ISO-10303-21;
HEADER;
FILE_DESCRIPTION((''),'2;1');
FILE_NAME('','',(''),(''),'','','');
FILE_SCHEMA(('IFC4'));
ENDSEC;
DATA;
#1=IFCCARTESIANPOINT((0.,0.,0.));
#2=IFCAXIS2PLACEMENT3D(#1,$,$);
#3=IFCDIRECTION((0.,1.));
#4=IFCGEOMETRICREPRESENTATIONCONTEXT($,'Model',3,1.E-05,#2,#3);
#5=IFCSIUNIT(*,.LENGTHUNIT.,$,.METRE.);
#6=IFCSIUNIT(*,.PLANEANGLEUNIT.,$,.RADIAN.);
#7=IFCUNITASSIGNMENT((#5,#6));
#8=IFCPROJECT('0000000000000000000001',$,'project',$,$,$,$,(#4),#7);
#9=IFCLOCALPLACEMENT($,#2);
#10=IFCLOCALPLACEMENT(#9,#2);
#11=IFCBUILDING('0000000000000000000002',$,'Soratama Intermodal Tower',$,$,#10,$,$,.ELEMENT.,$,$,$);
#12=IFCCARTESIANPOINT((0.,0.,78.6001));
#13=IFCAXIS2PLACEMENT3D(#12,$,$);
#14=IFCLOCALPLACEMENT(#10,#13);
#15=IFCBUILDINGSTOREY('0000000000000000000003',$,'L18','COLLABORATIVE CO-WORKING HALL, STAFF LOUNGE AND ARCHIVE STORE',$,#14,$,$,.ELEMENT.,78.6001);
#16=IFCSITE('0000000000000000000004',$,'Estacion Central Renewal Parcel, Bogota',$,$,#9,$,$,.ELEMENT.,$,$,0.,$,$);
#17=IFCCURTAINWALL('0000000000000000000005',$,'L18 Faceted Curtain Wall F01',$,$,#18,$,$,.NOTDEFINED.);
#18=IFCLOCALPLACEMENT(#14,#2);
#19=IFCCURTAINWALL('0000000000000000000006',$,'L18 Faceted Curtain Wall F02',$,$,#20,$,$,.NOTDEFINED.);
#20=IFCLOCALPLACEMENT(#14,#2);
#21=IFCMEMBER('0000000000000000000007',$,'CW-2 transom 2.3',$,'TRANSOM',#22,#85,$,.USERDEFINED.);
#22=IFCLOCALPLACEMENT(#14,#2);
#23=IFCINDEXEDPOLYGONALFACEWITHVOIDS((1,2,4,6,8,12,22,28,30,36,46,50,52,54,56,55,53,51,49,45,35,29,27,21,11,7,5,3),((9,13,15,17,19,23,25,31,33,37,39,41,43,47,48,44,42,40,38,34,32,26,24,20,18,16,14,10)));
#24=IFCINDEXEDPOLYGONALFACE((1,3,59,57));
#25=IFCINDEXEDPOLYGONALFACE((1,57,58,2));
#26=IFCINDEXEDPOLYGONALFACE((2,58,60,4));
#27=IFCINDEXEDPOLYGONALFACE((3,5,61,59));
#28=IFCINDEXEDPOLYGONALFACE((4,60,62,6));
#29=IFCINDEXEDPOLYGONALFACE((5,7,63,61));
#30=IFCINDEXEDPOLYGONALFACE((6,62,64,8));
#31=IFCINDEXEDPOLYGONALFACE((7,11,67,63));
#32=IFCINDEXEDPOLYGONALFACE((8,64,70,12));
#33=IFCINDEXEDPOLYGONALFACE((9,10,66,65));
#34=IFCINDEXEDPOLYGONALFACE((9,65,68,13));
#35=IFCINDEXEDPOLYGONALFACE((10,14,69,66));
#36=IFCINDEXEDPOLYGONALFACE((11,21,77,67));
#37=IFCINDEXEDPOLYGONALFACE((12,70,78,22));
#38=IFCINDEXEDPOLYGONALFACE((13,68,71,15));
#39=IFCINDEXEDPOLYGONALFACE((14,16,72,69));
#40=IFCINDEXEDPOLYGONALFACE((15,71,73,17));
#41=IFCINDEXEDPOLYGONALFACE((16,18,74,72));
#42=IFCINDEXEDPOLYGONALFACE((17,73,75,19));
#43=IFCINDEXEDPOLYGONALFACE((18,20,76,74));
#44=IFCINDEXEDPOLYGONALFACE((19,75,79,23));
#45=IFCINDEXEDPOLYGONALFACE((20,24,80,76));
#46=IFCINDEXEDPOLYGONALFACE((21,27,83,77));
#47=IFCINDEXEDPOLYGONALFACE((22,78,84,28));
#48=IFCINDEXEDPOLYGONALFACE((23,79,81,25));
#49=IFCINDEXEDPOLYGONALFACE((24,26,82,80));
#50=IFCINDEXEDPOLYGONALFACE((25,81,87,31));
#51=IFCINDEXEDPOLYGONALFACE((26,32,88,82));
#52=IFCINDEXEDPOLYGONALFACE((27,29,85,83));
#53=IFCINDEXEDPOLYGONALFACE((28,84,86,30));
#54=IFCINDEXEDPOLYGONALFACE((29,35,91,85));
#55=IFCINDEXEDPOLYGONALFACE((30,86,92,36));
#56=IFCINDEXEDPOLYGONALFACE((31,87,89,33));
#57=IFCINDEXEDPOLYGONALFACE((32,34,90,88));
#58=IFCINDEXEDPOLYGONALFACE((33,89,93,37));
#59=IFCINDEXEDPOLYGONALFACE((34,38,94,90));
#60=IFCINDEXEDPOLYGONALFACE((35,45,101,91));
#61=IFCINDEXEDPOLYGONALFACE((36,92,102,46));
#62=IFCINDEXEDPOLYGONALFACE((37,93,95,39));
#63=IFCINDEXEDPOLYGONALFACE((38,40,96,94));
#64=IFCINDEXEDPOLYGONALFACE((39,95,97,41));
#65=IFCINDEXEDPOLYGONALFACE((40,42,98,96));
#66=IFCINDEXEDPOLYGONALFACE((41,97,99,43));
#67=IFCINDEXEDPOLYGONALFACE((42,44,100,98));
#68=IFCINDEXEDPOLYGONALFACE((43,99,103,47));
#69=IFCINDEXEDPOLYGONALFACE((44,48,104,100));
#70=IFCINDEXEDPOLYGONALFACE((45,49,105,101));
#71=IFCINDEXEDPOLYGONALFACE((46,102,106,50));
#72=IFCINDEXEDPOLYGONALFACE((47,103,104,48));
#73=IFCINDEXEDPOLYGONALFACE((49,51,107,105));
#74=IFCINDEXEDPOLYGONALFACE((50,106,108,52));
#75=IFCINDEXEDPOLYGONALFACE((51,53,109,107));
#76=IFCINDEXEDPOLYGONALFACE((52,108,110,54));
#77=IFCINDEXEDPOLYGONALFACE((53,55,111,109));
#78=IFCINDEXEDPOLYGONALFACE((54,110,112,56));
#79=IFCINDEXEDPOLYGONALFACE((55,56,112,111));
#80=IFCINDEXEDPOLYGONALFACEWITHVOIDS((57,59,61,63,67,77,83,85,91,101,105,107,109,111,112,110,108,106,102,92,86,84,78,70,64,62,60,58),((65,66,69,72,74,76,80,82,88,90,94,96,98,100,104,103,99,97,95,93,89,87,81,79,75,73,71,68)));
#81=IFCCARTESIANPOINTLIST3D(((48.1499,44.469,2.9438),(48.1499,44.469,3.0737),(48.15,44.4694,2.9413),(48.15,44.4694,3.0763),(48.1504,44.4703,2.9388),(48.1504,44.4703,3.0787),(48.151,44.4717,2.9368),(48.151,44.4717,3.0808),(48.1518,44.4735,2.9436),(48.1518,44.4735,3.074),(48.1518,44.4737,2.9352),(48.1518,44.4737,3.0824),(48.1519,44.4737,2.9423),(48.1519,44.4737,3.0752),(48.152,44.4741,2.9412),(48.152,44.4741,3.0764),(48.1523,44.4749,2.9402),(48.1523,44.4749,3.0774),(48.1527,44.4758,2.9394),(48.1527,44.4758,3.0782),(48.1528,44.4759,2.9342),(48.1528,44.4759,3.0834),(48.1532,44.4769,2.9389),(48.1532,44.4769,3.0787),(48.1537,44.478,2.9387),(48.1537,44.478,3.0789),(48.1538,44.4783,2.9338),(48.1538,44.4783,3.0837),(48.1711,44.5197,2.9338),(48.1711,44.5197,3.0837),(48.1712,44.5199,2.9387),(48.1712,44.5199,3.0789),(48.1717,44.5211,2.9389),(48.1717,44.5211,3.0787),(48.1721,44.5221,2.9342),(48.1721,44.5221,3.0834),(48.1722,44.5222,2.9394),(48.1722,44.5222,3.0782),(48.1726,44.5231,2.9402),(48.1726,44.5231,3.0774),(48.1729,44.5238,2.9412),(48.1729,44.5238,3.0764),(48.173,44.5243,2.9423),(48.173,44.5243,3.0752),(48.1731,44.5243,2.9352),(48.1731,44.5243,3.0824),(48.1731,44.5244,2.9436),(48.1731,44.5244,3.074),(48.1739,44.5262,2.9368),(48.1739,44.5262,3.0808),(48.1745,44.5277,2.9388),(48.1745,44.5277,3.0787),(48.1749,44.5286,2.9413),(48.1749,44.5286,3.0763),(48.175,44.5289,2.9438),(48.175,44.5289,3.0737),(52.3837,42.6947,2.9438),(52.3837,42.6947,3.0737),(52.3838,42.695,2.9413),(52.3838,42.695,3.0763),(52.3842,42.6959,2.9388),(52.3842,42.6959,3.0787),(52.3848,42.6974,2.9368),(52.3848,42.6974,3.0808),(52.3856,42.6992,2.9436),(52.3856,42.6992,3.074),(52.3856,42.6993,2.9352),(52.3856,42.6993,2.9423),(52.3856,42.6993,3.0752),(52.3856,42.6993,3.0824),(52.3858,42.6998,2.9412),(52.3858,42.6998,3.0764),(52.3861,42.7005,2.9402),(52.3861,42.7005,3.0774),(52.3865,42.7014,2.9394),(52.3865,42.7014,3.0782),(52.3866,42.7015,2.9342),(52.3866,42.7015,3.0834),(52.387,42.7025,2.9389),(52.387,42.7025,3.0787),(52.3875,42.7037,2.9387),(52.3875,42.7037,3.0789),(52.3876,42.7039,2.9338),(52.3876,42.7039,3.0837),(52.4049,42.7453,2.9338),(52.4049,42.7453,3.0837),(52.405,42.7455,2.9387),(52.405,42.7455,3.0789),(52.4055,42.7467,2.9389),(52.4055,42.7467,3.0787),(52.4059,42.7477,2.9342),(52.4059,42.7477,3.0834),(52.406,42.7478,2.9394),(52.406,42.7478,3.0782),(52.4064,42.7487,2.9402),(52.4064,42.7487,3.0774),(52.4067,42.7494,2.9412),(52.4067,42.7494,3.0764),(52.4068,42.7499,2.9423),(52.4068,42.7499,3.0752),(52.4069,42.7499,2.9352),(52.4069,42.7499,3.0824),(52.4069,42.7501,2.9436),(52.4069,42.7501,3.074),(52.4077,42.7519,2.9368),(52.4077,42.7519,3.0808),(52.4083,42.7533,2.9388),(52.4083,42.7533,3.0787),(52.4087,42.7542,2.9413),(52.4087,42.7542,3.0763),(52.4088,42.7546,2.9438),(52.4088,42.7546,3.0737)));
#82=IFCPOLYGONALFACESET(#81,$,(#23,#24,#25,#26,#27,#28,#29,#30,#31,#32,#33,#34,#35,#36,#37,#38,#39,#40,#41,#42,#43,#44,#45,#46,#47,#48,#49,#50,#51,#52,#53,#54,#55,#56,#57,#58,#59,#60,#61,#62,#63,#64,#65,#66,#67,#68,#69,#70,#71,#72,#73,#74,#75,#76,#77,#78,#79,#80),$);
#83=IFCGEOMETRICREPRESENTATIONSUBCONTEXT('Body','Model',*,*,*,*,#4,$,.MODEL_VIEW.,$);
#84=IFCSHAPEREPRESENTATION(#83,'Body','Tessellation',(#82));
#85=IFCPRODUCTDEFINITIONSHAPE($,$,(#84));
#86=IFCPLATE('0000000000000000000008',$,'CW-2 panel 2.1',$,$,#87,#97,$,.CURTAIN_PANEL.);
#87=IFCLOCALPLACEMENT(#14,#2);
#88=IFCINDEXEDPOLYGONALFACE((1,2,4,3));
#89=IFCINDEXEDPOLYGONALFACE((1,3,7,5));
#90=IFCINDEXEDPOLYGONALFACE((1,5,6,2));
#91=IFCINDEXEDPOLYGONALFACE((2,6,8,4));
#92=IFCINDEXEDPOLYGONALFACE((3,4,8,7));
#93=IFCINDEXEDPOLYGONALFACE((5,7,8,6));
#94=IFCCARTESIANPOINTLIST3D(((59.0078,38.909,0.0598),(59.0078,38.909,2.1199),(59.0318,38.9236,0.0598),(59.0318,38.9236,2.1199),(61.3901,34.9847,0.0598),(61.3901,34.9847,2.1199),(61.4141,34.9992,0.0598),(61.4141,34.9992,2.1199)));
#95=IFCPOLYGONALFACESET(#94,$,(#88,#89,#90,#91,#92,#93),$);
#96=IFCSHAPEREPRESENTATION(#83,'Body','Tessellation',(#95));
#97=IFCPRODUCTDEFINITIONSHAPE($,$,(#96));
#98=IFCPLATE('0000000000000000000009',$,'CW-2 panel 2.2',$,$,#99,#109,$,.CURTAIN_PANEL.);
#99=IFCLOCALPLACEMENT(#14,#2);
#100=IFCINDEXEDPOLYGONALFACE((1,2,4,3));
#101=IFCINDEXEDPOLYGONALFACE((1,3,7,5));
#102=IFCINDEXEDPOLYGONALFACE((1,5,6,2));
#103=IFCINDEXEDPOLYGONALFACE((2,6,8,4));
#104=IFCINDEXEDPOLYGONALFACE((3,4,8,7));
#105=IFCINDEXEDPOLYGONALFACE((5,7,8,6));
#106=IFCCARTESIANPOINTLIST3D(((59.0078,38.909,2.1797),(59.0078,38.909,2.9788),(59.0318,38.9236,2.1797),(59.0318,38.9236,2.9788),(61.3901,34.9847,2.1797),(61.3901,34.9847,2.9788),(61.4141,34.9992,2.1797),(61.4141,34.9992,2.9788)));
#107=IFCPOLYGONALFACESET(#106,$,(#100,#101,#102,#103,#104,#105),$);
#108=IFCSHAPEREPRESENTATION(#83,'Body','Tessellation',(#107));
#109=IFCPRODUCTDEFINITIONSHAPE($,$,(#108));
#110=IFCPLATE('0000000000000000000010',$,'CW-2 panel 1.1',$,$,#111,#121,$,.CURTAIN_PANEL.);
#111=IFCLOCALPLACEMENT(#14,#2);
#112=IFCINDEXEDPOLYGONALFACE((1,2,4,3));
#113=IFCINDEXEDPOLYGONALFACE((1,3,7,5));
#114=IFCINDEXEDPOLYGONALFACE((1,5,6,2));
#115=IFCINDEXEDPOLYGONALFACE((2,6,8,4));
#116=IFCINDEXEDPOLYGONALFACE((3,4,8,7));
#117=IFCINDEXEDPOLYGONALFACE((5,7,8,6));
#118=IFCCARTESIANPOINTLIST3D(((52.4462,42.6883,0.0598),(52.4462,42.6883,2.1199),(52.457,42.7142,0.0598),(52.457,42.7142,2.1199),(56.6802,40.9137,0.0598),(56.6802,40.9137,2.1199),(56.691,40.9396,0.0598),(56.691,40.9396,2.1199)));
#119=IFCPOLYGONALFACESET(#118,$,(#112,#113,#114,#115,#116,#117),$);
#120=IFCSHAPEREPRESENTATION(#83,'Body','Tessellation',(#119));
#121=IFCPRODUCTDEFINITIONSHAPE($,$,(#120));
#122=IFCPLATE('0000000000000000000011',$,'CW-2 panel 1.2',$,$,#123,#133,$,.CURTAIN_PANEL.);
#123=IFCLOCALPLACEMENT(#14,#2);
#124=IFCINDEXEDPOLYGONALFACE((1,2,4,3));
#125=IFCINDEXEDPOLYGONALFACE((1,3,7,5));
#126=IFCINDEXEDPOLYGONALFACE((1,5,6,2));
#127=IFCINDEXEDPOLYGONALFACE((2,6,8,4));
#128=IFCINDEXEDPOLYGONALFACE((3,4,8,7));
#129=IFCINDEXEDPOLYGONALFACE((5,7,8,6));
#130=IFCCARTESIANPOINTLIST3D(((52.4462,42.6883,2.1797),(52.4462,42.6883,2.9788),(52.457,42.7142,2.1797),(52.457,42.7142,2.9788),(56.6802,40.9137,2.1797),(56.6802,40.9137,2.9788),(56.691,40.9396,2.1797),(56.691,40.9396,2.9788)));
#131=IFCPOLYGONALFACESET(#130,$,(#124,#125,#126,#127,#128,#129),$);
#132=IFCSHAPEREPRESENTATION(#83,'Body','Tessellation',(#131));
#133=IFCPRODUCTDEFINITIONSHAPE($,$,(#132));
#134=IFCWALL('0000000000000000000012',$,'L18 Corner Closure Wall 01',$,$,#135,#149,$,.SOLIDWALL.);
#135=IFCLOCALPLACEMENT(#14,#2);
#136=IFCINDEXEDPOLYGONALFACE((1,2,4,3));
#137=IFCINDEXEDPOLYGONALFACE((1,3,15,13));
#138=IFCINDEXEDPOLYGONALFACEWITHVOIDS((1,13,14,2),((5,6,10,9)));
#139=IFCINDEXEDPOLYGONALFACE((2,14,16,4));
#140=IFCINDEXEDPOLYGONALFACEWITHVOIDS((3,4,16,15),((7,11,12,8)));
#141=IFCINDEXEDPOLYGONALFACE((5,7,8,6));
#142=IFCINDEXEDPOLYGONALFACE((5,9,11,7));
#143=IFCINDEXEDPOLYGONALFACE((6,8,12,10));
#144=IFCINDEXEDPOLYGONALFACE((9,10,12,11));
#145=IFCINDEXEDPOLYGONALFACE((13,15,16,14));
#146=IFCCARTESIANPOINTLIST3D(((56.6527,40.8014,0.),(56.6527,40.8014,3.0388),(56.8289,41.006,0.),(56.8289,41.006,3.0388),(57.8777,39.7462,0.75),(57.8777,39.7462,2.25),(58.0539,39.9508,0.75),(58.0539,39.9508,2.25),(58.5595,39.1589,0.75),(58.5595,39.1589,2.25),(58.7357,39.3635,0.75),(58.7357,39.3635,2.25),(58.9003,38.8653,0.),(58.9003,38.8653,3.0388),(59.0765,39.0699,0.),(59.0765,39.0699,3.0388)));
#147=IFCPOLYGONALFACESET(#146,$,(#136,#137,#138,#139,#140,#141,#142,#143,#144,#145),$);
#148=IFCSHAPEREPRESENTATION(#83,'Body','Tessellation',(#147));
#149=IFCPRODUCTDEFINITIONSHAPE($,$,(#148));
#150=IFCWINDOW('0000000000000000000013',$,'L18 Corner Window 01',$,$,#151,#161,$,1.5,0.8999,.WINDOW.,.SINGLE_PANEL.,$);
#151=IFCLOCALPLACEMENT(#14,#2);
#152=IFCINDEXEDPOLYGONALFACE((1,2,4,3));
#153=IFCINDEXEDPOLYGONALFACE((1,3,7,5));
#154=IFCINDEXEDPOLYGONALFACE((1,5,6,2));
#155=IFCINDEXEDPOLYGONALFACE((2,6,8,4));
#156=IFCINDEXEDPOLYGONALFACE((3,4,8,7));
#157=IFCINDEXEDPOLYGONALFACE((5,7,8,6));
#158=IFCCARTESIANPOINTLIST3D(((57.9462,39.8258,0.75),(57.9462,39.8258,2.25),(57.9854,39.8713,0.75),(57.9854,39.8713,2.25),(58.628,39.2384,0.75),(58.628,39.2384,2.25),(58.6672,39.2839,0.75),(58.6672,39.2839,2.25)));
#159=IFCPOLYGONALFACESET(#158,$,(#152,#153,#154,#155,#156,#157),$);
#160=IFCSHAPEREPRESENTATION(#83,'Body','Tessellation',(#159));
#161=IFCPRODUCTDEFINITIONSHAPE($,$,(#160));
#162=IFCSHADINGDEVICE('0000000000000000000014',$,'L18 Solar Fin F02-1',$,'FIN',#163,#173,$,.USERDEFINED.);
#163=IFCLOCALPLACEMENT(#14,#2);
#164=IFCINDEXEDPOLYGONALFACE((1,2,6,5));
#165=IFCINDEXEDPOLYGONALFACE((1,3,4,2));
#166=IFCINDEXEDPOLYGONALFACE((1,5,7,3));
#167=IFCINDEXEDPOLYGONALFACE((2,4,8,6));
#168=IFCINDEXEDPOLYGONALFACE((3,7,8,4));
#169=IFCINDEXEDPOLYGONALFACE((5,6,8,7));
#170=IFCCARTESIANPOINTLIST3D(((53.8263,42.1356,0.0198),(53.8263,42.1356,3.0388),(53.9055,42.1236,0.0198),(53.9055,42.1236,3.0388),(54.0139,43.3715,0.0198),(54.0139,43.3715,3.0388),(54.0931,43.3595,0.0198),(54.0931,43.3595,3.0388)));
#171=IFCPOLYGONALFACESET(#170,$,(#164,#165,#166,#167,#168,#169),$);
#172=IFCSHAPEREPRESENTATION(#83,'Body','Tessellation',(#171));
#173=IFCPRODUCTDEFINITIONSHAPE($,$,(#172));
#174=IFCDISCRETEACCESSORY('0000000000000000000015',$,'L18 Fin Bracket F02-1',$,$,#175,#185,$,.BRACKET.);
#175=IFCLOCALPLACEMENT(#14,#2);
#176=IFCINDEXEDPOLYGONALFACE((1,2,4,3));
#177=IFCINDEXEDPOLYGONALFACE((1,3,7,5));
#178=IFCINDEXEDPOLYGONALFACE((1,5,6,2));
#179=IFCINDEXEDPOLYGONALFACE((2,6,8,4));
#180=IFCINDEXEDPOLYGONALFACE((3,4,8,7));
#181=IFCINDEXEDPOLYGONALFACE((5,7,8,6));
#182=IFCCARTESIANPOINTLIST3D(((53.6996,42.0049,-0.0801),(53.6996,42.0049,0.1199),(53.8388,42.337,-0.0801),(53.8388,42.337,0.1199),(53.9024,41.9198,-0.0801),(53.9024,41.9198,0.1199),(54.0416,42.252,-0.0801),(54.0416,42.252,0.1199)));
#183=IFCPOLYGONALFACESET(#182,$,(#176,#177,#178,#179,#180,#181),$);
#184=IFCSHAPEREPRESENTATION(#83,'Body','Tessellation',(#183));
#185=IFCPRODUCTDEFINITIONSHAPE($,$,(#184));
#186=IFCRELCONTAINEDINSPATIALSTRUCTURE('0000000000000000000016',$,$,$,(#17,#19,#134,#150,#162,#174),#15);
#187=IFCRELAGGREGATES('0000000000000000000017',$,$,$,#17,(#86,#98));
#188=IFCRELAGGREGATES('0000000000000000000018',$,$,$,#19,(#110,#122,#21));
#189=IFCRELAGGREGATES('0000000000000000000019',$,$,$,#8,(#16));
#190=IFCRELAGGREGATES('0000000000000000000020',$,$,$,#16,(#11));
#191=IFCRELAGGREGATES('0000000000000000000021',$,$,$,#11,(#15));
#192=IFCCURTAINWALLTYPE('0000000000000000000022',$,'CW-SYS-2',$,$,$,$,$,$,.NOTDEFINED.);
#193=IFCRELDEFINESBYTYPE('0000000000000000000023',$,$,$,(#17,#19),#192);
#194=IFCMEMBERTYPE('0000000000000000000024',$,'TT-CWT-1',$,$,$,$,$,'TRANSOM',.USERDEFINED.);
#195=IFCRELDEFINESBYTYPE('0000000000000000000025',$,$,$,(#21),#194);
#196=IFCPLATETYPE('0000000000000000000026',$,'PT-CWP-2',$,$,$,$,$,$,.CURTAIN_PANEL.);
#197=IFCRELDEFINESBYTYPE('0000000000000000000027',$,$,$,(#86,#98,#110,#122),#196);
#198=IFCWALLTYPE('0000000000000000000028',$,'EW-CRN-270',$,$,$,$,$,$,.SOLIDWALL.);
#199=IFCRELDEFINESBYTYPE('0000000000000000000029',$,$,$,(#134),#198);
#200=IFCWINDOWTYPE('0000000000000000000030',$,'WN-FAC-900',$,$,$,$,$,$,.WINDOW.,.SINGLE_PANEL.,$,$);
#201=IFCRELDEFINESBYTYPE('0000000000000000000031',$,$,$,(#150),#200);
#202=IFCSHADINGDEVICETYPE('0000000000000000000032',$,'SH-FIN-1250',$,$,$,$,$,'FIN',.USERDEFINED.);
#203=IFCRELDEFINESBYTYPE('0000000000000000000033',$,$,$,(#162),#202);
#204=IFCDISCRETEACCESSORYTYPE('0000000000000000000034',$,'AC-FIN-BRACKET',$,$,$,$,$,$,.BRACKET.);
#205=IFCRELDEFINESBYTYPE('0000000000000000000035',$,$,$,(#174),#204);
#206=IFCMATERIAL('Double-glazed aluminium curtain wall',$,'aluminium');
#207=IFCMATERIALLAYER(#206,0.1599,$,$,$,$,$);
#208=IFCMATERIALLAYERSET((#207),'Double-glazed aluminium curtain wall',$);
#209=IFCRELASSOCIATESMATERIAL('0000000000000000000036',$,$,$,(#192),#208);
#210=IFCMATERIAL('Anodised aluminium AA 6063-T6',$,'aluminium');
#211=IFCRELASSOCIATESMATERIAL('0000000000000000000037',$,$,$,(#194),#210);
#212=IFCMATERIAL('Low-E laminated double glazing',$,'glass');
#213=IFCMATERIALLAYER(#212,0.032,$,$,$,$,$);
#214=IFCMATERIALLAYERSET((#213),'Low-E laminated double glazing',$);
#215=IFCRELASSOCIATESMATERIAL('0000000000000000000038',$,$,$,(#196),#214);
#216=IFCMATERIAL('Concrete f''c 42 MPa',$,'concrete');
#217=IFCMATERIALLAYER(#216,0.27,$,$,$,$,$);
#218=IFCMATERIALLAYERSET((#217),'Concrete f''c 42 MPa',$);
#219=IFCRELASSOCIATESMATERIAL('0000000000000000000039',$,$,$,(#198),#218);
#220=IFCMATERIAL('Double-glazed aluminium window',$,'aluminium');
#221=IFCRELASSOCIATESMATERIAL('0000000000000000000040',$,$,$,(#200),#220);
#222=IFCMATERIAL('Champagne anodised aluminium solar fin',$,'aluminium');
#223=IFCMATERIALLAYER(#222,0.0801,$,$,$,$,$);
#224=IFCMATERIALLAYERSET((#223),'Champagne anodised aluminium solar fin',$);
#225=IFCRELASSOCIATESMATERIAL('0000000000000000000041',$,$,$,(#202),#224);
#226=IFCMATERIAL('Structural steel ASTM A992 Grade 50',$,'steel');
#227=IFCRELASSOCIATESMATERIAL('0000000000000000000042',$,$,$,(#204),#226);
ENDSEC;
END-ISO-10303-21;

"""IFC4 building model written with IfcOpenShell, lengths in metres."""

from ifc_helpers import new_model, si_unit, direction, frame, frame_2d, origin, origin_2d, place, context, subcontext, project, spatial, rectangle, hollow_rectangle, extrude, material, layer, layer_set, material_profile, profile_set, type_object, element, fill, aggregate, save


model = new_model("IFC4")

# Units and contexts
model_context = context("Model", 3, precision=1e-05, world=origin(), true_north=direction((0.0, 1.0)))
body_context = subcontext(model_context, "Body", "Model", "MODEL_VIEW")
ifc_project = project(units=[si_unit("LENGTHUNIT", "METRE"), si_unit("PLANEANGLEUNIT", "RADIAN")], contexts=[model_context])

# Site, building, storey
site_placement = place(None, origin())
site = spatial("IfcSite", under=ifc_project, at=site_placement, Name="Estacion Central Renewal Parcel, Bogota", CompositionType="ELEMENT", RefElevation=0.0)
building_placement = place(site_placement, origin())
building = spatial("IfcBuilding", under=site, at=building_placement, Name="Soratama Intermodal Tower", CompositionType="ELEMENT")
storey_placement = place(building_placement, frame((0.0, 0.0, 78.6001)))
storey = spatial("IfcBuildingStorey", under=building, at=storey_placement, Name="L18", Description="COLLABORATIVE CO-WORKING HALL, STAFF LOUNGE AND ARCHIVE STORE", CompositionType="ELEMENT", Elevation=78.6001)

# Curtain wall
ifc_material_1 = material(Name="Double-glazed aluminium curtain wall", Category="aluminium")
ifc_layer_1 = layer(ifc_material_1, 0.1599)
ifc_layer_set_1 = layer_set([ifc_layer_1], Name="Double-glazed aluminium curtain wall")
curtain_wall_type = type_object("IfcCurtainWallType", Name="CW-SYS-2", PredefinedType="NOTDEFINED", material=ifc_layer_set_1)
curtain_wall_1_placement = place(storey_placement, origin())
curtain_wall_1 = element("IfcCurtainWall", 1, at=curtain_wall_1_placement, inside=storey, type_object=curtain_wall_type, Name="L18 Faceted Curtain Wall F01", PredefinedType="NOTDEFINED")

# Curtain wall, member
curtain_wall_2_placement = place(storey_placement, origin())
curtain_wall_2 = element("IfcCurtainWall", 2, at=curtain_wall_2_placement, inside=storey, type_object=curtain_wall_type, Name="L18 Faceted Curtain Wall F02", PredefinedType="NOTDEFINED")
ifc_material_2 = material(Name="Anodised aluminium AA 6063-T6", Category="aluminium")
ifc_material_profile_1 = material_profile(ifc_material_2, hollow_rectangle(XDim=0.0649, YDim=0.1499, WallThickness=0.0049, InnerFilletRadius=0.0049, OuterFilletRadius=0.01, at=origin_2d()), Name="CWT150X65X5")
ifc_profile_set_1 = profile_set([ifc_material_profile_1], Name="Anodised aluminium AA 6063-T6")
member_type_1 = type_object("IfcMemberType", Name="TT-CWT-1", ElementType="TRANSOM", PredefinedType="USERDEFINED", material=ifc_profile_set_1)
member_1_placement = place(storey_placement, frame((52.3962, 42.7246, 3.0088), z_axis=(-0.922279, 0.386525, 0.0), x_axis=(-0.386525, -0.922279, 0.0)))
member_1 = element("IfcMember", 3, at=member_1_placement, type_object=member_type_1, Name="CW-2 transom 2.3", ObjectType="TRANSOM", PredefinedType="USERDEFINED", context=body_context, shape_type="SweptSolid", body=[
    extrude(hollow_rectangle(XDim=0.0649, YDim=0.1499, WallThickness=0.0049, InnerFilletRadius=0.0049, OuterFilletRadius=0.01, at=origin_2d()), origin(), (0.0, 0.0, 1.0), 4.5906),
])

# Plates
ifc_material_3 = material(Name="Low-E laminated double glazing", Category="glass")
ifc_layer_2 = layer(ifc_material_3, 0.032)
ifc_layer_set_2 = layer_set([ifc_layer_2], Name="Low-E laminated double glazing")
plate_type = type_object("IfcPlateType", Name="PT-CWP-2", PredefinedType="CURTAIN_PANEL", material=ifc_layer_set_2)
plate_1_placement = place(storey_placement, frame((60.2109, 36.9541, 0.0598), z_axis=(0.0, 0.0, 1.0), x_axis=(-0.518923, 0.854821, 0.0)))
plate_1 = element("IfcPlate", 4, at=plate_1_placement, type_object=plate_type, Name="CW-2 panel 2.1", PredefinedType="CURTAIN_PANEL", context=body_context, shape_type="SweptSolid", body=[
    extrude(rectangle(XDim=4.5908, YDim=0.0281, at=origin_2d()), origin(), (0.0, 0.0, 1.0), 2.0601),
])
plate_2_placement = place(storey_placement, frame((60.2109, 36.9541, 2.1797), z_axis=(0.0, 0.0, 1.0), x_axis=(-0.518923, 0.854821, 0.0)))
plate_2 = element("IfcPlate", 5, at=plate_2_placement, type_object=plate_type, Name="CW-2 panel 2.2", PredefinedType="CURTAIN_PANEL", context=body_context, shape_type="SweptSolid", body=[
    extrude(rectangle(XDim=4.5908, YDim=0.0281, at=origin_2d()), origin(), (0.0, 0.0, 1.0), 0.7991),
])
aggregate(curtain_wall_1, [plate_1, plate_2])
plate_3_placement = place(storey_placement, frame((54.5686, 41.814, 0.0598), z_axis=(0.0, 0.0, 1.0), x_axis=(-0.922268, 0.386552, 0.0)))
plate_3 = element("IfcPlate", 6, at=plate_3_placement, type_object=plate_type, Name="CW-2 panel 1.1", PredefinedType="CURTAIN_PANEL", context=body_context, shape_type="SweptSolid", body=[
    extrude(rectangle(XDim=4.5908, YDim=0.0281, at=origin_2d()), origin(), (0.0, 0.0, 1.0), 2.0601),
])
plate_4_placement = place(storey_placement, frame((54.5686, 41.814, 2.1797), z_axis=(0.0, 0.0, 1.0), x_axis=(-0.922268, 0.386552, 0.0)))
plate_4 = element("IfcPlate", 7, at=plate_4_placement, type_object=plate_type, Name="CW-2 panel 1.2", PredefinedType="CURTAIN_PANEL", context=body_context, shape_type="SweptSolid", body=[
    extrude(rectangle(XDim=4.5908, YDim=0.0281, at=origin_2d()), origin(), (0.0, 0.0, 1.0), 0.7991),
])
aggregate(curtain_wall_2, [plate_3, plate_4, member_1])

# Wall, opening, window
ifc_material_4 = material(Name="Concrete f'c 42 MPa", Category="concrete")
ifc_layer_3 = layer(ifc_material_4, 0.27)
ifc_layer_set_3 = layer_set([ifc_layer_3], Name="Concrete f'c 42 MPa")
wall_type = type_object("IfcWallType", Name="EW-CRN-270", PredefinedType="SOLIDWALL", material=ifc_layer_set_3)
wall_placement = place(storey_placement, frame((58.9885, 38.9675, 0.0), z_axis=(0.0, 0.0, 1.0), x_axis=(-0.757663, 0.652647, 0.0)))
wall = element("IfcWall", 8, at=wall_placement, inside=storey, type_object=wall_type, Name="L18 Corner Closure Wall 01", PredefinedType="SOLIDWALL", context=body_context, shape_type="SweptSolid", body=[
    extrude(rectangle(XDim=2.9666, YDim=0.27, at=frame_2d((1.4834, 0.0))), origin(), (0.0, 0.0, 1.0), 3.0388),
])
opening_placement = place(wall_placement, frame((0.45, 0.0, 0.75)))
opening = element("IfcOpeningElement", 9, at=opening_placement, cuts=wall, PredefinedType="OPENING", context=body_context, shape_type="SweptSolid", body=[
    extrude(rectangle(XDim=0.8999, YDim=1.5, at=frame_2d((0.45, 0.75))), frame((0.0, 0.145, 0.0), z_axis=(0.0, -1.0, 0.0), x_axis=(1.0, 0.0, 0.0)), (0.0, 0.0, 1.0), 0.29),
])
ifc_material_5 = material(Name="Double-glazed aluminium window", Category="aluminium")
window_type = type_object("IfcWindowType", Name="WN-FAC-900", PartitioningType="SINGLE_PANEL", PredefinedType="WINDOW", material=ifc_material_5)
window_placement = place(opening_placement, origin())
window = element("IfcWindow", 10, at=window_placement, inside=storey, type_object=window_type, Name="L18 Corner Window 01", OverallHeight=1.5, OverallWidth=0.8999, PartitioningType="SINGLE_PANEL", PredefinedType="WINDOW", context=body_context, shape_type="SweptSolid", body=[
    extrude(rectangle(XDim=0.8999, YDim=1.5, at=frame_2d((0.45, 0.75))), frame((0.0, 0.03, 0.0), z_axis=(0.0, -1.0, 0.0), x_axis=(1.0, 0.0, 0.0)), (0.0, 0.0, 1.0), 0.0601),
])
fill(opening, window)

# Shading device
ifc_material_6 = material(Name="Champagne anodised aluminium solar fin", Category="aluminium")
ifc_layer_4 = layer(ifc_material_6, 0.0801)
ifc_layer_set_4 = layer_set([ifc_layer_4], Name="Champagne anodised aluminium solar fin")
shading_device_type = type_object("IfcShadingDeviceType", Name="SH-FIN-1250", ElementType="FIN", PredefinedType="USERDEFINED", material=ifc_layer_set_4)
shading_device_placement = place(storey_placement, frame((53.9597, 42.7476, 0.0198), z_axis=(0.0, 0.0, 1.0), x_axis=(0.150053, 0.988678, 0.0)))
element("IfcShadingDevice", 11, at=shading_device_placement, inside=storey, type_object=shading_device_type, Name="L18 Solar Fin F02-1", ObjectType="FIN", PredefinedType="USERDEFINED", context=body_context, shape_type="SweptSolid", body=[
    extrude(rectangle(XDim=1.25, YDim=0.0801, at=origin_2d()), origin(), (0.0, 0.0, 1.0), 3.019),
])

# Discrete accessory
ifc_material_7 = material(Name="Structural steel ASTM A992 Grade 50", Category="steel")
discrete_accessory_type = type_object("IfcDiscreteAccessoryType", Name="AC-FIN-BRACKET", PredefinedType="BRACKET", material=ifc_material_7)
discrete_accessory_placement = place(storey_placement, frame((53.8706, 42.1284, -0.0801), z_axis=(0.0, 0.0, 1.0), x_axis=(0.38655, 0.922268, 0.0)))
element("IfcDiscreteAccessory", 12, at=discrete_accessory_placement, inside=storey, type_object=discrete_accessory_type, Name="L18 Fin Bracket F02-1", PredefinedType="BRACKET", context=body_context, shape_type="SweptSolid", body=[
    extrude(rectangle(XDim=0.3601, YDim=0.22, at=origin_2d()), origin(), (0.0, 0.0, 1.0), 0.2),
])

save(model, "model.ifc")
